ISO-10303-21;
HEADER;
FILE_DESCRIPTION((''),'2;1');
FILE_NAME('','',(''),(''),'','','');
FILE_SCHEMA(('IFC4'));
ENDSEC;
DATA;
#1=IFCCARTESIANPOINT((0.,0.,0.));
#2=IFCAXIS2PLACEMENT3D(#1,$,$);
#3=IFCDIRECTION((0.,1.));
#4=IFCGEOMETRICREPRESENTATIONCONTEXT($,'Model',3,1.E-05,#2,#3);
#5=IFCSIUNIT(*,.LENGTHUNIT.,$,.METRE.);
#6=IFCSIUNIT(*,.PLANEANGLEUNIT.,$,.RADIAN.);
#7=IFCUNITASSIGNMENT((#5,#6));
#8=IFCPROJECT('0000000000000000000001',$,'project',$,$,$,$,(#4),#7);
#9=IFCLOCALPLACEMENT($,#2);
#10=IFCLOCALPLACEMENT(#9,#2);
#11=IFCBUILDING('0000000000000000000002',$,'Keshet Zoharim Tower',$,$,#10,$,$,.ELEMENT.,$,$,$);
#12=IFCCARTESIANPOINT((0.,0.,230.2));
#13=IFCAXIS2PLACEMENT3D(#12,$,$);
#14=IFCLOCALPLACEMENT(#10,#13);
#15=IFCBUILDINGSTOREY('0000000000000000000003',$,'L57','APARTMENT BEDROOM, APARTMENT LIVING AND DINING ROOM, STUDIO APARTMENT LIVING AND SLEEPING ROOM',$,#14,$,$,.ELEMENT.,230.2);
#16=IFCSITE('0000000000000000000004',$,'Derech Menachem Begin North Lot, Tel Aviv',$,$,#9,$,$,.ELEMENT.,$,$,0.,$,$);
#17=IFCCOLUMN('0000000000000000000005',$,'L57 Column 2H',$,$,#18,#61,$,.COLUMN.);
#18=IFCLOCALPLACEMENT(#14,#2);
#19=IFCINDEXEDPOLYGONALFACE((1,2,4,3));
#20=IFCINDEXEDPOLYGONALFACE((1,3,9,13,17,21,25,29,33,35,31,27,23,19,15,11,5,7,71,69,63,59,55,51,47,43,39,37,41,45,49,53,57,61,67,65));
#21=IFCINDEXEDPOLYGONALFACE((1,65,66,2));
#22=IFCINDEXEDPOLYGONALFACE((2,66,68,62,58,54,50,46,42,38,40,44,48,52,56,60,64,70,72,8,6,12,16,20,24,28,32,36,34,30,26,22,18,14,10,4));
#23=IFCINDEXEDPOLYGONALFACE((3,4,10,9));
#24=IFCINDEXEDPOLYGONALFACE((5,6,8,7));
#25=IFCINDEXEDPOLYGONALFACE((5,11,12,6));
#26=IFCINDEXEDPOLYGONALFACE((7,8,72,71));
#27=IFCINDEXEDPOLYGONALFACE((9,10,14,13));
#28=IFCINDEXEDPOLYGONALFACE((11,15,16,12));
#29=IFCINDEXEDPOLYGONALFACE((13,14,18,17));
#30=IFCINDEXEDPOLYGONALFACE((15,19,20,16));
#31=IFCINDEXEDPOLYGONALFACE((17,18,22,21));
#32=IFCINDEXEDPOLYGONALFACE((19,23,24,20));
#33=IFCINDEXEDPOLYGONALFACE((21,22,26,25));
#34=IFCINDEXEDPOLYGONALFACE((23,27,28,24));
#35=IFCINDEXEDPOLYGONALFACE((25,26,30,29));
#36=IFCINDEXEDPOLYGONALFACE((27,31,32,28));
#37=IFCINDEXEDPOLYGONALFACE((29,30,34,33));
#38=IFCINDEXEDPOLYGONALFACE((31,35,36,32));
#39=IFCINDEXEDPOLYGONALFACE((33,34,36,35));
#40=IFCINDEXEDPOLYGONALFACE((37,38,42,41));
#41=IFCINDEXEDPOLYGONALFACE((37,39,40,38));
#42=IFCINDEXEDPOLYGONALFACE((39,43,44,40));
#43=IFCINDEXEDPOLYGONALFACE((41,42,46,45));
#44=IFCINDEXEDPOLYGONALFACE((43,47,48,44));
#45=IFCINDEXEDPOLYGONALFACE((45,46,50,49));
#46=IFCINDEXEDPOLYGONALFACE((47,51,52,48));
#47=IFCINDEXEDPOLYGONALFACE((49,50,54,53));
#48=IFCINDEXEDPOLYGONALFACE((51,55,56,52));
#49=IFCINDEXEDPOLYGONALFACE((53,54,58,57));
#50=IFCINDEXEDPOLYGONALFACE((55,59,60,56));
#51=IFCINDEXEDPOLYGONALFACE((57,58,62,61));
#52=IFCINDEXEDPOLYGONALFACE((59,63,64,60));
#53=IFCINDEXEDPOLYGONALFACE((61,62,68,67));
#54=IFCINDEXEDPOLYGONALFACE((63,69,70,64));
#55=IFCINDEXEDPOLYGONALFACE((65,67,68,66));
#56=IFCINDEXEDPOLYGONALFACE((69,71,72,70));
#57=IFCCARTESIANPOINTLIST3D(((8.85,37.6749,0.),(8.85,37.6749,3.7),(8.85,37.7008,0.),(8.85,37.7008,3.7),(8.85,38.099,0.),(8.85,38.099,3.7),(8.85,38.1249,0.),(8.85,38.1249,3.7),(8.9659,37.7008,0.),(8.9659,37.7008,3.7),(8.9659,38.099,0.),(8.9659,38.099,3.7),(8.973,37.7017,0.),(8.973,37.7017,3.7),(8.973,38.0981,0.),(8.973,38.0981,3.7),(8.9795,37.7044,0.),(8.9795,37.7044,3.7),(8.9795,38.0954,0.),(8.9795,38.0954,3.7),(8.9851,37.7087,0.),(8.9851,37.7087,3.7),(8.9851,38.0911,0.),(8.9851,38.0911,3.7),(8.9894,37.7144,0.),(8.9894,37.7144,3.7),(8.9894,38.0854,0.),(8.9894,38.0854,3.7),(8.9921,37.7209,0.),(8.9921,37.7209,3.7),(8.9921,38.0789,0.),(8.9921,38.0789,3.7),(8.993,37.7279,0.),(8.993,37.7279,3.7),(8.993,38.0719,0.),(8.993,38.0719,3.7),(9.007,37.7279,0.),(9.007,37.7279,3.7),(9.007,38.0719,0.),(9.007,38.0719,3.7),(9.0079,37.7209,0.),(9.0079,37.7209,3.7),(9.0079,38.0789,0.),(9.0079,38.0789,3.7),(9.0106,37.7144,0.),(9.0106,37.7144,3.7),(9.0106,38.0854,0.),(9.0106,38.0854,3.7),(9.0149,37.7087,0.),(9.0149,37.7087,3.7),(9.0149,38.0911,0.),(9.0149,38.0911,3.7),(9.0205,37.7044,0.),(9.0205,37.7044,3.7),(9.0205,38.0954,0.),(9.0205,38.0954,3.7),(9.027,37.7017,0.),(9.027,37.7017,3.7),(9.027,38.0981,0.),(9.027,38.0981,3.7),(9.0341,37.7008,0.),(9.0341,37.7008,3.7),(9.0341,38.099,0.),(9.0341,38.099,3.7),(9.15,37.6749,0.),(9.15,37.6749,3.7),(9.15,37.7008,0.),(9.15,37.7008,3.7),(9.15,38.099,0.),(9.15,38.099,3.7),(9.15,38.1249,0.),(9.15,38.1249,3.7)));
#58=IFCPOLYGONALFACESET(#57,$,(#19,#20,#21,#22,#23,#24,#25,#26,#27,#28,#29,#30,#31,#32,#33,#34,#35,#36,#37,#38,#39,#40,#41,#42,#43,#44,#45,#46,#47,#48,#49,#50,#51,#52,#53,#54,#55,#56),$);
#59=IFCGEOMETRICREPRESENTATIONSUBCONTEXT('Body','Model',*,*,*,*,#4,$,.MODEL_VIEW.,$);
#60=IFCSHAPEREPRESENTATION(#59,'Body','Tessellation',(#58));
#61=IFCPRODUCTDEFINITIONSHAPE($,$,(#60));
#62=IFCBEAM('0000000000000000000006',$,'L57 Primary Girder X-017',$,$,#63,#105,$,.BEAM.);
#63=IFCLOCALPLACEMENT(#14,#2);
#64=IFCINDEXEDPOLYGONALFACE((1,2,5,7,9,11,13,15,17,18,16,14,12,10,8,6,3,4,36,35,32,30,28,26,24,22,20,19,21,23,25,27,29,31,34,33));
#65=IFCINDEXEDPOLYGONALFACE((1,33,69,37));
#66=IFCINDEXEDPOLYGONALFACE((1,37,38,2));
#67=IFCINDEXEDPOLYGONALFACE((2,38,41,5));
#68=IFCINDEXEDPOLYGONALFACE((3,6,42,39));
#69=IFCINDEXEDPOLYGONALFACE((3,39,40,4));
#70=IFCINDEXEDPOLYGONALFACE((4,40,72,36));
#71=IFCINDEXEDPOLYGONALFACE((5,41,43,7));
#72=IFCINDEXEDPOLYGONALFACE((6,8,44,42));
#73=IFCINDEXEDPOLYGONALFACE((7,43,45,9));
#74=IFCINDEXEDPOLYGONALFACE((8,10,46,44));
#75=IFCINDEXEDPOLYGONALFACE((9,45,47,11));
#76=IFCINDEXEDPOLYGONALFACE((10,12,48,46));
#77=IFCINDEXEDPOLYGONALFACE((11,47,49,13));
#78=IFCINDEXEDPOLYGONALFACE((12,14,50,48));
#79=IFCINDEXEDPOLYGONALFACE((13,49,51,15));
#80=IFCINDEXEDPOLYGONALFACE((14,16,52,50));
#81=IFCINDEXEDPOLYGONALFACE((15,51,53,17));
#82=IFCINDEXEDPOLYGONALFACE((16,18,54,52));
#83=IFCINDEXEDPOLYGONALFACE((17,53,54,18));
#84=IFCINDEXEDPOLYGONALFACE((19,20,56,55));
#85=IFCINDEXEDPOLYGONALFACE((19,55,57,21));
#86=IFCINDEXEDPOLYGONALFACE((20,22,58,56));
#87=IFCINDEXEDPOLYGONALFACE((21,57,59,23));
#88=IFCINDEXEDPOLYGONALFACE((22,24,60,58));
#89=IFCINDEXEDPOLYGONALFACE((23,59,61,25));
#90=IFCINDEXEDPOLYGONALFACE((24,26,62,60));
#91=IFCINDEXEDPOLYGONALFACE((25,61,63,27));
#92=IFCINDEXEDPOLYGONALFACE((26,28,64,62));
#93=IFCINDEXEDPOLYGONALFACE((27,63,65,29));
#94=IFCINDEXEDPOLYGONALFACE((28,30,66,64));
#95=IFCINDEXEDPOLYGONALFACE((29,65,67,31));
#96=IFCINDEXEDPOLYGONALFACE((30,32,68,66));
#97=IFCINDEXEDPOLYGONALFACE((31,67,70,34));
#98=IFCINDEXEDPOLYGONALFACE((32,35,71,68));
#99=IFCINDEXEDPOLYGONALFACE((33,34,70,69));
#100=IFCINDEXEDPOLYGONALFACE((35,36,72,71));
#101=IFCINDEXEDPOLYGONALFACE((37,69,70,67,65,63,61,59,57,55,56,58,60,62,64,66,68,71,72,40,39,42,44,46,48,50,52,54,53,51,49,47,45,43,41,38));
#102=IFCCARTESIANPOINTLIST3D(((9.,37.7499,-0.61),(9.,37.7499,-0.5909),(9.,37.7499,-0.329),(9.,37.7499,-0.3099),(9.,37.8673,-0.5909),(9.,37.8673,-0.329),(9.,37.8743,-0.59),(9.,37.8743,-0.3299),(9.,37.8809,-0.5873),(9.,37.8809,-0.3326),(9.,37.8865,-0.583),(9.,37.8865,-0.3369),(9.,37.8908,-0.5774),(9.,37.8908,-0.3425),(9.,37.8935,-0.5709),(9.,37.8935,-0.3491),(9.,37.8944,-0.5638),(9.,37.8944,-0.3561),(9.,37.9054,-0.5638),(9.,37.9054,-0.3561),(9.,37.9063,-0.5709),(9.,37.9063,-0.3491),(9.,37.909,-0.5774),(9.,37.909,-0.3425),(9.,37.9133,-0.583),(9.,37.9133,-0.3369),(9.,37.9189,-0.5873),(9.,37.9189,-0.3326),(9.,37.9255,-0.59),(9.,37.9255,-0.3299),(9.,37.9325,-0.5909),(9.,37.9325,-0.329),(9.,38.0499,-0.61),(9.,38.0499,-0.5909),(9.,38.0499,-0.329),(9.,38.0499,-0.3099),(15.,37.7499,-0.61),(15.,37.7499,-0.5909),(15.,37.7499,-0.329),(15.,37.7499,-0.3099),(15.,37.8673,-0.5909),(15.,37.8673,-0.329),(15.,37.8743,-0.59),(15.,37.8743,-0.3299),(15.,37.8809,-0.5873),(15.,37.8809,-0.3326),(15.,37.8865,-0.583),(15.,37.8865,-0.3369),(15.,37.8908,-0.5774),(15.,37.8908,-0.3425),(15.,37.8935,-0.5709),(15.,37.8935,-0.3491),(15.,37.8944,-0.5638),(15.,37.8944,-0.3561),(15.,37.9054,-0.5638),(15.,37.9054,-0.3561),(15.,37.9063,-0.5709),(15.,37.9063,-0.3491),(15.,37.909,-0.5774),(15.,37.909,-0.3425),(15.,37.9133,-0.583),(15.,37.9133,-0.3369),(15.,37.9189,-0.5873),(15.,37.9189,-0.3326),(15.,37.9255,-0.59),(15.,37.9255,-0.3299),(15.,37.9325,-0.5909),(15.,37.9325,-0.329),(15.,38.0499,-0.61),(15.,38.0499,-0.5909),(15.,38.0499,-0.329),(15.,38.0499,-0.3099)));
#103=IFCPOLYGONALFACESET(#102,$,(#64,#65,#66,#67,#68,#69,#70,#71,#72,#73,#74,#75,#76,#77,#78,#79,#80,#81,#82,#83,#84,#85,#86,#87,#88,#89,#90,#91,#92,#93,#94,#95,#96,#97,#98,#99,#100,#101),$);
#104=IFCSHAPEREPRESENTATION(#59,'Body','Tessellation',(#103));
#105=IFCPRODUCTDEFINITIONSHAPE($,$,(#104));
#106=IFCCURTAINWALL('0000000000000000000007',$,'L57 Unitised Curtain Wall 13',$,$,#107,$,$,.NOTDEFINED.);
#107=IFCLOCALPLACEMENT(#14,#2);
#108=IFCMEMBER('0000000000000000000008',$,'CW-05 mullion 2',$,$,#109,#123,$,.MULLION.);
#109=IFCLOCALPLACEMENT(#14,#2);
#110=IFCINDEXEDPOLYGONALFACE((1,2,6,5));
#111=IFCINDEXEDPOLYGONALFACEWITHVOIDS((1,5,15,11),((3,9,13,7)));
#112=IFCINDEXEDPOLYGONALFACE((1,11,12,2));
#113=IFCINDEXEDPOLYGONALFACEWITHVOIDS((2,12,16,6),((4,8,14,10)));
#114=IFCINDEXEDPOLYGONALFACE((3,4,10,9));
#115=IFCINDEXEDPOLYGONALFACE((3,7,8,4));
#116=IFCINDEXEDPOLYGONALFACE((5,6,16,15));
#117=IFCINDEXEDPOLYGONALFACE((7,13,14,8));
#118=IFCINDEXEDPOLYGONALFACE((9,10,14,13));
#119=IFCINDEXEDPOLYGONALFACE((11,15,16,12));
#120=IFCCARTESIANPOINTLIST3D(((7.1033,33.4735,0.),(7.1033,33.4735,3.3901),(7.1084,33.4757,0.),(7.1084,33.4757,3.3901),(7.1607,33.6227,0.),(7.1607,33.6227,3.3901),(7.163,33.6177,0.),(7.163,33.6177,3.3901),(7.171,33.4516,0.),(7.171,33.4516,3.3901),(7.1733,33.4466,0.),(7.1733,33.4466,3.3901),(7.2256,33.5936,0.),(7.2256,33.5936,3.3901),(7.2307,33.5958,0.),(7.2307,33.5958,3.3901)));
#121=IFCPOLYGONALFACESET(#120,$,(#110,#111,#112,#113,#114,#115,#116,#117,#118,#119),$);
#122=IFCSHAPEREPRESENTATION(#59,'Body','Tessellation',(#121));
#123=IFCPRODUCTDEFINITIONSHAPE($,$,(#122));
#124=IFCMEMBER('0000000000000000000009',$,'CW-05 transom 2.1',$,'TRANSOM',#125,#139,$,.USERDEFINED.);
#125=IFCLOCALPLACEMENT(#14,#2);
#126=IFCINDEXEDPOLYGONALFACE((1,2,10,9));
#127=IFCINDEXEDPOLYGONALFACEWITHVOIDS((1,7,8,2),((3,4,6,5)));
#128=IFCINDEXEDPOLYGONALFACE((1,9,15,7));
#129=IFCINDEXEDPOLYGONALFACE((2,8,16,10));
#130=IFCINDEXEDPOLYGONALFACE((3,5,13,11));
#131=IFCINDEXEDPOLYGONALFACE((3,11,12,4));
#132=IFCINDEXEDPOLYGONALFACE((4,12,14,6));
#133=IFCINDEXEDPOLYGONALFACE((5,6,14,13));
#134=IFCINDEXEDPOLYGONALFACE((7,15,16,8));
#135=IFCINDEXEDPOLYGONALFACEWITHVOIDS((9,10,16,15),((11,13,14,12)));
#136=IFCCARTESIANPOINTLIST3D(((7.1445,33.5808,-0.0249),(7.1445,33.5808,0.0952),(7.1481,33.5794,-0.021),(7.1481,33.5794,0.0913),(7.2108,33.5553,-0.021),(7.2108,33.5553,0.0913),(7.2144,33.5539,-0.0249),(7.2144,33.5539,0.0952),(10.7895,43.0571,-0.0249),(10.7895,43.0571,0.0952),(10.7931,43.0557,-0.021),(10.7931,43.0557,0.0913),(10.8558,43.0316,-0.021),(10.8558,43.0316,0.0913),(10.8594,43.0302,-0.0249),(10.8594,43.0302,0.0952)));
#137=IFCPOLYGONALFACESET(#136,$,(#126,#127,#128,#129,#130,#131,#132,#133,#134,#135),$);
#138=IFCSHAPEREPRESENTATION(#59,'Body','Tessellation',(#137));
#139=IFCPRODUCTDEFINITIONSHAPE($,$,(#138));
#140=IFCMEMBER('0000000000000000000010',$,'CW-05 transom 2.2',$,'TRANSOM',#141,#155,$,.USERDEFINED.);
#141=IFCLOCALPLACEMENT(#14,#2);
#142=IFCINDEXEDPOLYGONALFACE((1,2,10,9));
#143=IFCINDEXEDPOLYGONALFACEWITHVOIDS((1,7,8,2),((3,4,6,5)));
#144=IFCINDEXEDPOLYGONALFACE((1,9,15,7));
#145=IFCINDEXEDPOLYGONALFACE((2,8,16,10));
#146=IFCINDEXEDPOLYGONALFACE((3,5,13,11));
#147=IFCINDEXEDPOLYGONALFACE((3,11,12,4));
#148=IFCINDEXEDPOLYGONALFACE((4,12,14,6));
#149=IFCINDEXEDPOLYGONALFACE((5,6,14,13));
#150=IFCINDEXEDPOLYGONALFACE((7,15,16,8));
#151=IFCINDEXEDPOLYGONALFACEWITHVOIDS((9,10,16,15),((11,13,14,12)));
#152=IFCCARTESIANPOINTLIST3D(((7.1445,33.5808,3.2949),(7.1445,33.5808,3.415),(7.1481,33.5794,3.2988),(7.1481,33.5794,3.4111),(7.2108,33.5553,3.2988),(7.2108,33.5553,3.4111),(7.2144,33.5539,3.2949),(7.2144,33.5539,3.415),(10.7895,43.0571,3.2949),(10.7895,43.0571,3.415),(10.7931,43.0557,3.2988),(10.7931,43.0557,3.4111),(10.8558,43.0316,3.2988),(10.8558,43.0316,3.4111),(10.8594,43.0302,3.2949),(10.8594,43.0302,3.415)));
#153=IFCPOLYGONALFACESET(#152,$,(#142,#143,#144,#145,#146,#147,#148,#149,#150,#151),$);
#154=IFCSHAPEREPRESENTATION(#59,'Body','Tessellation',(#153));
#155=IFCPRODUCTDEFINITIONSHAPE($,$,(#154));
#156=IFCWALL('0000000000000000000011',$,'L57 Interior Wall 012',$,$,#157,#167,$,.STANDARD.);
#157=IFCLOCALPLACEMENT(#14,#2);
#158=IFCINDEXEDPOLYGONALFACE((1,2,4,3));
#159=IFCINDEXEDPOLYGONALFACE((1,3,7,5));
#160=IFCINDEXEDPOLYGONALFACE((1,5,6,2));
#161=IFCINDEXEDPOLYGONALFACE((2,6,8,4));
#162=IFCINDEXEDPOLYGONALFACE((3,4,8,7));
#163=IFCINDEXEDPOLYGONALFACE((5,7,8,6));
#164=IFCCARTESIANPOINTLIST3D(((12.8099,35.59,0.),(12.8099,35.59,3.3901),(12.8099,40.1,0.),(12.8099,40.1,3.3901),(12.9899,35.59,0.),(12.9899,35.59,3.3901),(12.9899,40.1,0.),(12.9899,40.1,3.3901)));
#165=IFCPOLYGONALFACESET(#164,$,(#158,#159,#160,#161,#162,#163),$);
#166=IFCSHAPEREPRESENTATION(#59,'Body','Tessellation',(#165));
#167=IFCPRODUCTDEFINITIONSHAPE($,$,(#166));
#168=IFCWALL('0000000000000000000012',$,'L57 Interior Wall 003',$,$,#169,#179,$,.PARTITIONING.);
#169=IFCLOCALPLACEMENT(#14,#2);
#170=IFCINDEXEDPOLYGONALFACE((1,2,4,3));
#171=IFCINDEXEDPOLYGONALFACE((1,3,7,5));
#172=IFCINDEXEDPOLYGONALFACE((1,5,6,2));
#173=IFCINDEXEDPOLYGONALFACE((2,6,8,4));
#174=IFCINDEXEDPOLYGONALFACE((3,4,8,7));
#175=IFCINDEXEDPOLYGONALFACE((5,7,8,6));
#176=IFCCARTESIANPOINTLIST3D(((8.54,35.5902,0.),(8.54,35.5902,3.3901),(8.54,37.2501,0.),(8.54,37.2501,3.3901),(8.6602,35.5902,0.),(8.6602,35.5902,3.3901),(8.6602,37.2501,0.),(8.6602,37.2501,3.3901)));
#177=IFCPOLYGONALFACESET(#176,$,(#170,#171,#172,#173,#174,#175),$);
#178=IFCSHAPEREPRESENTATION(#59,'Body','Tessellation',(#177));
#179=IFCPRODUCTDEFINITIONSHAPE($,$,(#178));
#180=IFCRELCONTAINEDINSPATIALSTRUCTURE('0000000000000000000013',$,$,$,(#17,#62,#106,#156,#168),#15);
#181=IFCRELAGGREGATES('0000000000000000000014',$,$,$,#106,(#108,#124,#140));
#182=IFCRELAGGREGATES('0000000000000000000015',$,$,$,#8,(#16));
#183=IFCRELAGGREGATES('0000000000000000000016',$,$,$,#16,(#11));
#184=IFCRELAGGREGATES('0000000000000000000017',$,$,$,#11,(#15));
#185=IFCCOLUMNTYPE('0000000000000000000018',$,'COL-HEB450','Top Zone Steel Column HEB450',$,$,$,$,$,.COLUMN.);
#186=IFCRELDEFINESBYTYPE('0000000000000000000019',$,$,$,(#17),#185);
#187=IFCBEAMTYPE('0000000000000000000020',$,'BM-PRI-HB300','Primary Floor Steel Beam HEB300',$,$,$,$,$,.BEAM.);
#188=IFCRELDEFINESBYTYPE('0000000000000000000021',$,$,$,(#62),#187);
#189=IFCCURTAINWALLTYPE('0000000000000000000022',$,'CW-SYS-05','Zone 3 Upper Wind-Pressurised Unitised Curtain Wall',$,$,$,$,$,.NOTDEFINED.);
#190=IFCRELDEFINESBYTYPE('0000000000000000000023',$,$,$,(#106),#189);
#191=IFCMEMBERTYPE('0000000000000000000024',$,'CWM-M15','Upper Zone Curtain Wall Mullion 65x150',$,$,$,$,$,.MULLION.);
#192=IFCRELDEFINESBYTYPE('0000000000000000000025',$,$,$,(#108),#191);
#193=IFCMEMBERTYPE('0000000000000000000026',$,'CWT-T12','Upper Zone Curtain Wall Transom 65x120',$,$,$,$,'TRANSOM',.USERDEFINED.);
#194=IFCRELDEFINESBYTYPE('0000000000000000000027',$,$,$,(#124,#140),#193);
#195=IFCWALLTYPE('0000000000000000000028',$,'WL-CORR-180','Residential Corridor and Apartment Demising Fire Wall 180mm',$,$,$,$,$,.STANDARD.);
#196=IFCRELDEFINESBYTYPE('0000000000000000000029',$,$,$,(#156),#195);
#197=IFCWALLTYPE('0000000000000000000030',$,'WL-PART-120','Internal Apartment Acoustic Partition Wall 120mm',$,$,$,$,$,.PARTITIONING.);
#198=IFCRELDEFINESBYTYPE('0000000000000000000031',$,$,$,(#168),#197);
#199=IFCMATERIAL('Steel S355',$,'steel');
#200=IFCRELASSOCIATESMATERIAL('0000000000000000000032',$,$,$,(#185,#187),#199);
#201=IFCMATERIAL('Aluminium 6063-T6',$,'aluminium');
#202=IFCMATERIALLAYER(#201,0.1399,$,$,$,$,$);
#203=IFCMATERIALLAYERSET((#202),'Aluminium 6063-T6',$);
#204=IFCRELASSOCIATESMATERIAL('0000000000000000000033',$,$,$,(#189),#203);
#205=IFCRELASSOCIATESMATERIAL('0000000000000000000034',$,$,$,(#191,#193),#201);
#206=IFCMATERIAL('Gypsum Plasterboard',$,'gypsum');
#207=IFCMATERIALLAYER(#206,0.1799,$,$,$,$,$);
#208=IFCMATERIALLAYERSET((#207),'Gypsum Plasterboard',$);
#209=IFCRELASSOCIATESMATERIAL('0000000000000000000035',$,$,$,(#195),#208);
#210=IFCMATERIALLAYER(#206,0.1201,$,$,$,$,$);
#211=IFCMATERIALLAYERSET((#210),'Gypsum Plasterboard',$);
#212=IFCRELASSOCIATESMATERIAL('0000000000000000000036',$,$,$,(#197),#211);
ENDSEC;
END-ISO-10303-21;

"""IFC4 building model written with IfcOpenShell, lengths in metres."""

from ifc_helpers import new_model, si_unit, direction, frame, frame_2d, origin, origin_2d, place, context, subcontext, project, spatial, rectangle, hollow_rectangle, i_section, extrude, material, layer, layer_set, material_profile, profile_set, type_object, element, aggregate, save


model = new_model("IFC4")

# Units and contexts
model_context = context("Model", 3, precision=1e-05, world=origin(), true_north=direction((0.0, 1.0)))
body_context = subcontext(model_context, "Body", "Model", "MODEL_VIEW")
ifc_project = project(units=[si_unit("LENGTHUNIT", "METRE"), si_unit("PLANEANGLEUNIT", "RADIAN")], contexts=[model_context])

# Site, building, storey
site_placement = place(None, origin())
site = spatial("IfcSite", under=ifc_project, at=site_placement, Name="Derech Menachem Begin North Lot, Tel Aviv", CompositionType="ELEMENT", RefElevation=0.0)
building_placement = place(site_placement, origin())
building = spatial("IfcBuilding", under=site, at=building_placement, Name="Keshet Zoharim Tower", CompositionType="ELEMENT")
storey_placement = place(building_placement, frame((0.0, 0.0, 230.2)))
storey = spatial("IfcBuildingStorey", under=building, at=storey_placement, Name="L57", Description="APARTMENT BEDROOM, APARTMENT LIVING AND DINING ROOM, STUDIO APARTMENT LIVING AND SLEEPING ROOM", CompositionType="ELEMENT", Elevation=230.2)

# Column
ifc_material_1 = material(Name="Steel S355", Category="steel")
ifc_material_profile_1 = material_profile(ifc_material_1, i_section(OverallWidth=0.3, OverallDepth=0.45, WebThickness=0.0139, FlangeThickness=0.0259, FilletRadius=0.0271, at=origin_2d()), Name="HEB450")
ifc_profile_set_1 = profile_set([ifc_material_profile_1], Name="Steel S355")
column_type = type_object("IfcColumnType", Name="COL-HEB450", Description="Top Zone Steel Column HEB450", PredefinedType="COLUMN", material=ifc_profile_set_1)
column_placement = place(storey_placement, frame((9.0, 37.8999, 0.0), z_axis=(0.0, 0.0, 1.0), x_axis=(1.0, 0.0, 0.0)))
element("IfcColumn", 1, at=column_placement, inside=storey, type_object=column_type, Name="L57 Column 2H", PredefinedType="COLUMN", context=body_context, shape_type="SweptSolid", body=[
    extrude(i_section(OverallWidth=0.3, OverallDepth=0.45, WebThickness=0.0139, FlangeThickness=0.0259, FilletRadius=0.0271, at=origin_2d()), origin(), (0.0, 0.0, 1.0), 3.7),
])

# Beam
ifc_material_profile_2 = material_profile(ifc_material_1, i_section(OverallWidth=0.3, OverallDepth=0.3, WebThickness=0.011, FlangeThickness=0.019, FilletRadius=0.0271, at=origin_2d()), Name="HEB300")
ifc_profile_set_2 = profile_set([ifc_material_profile_2], Name="Steel S355")
beam_type = type_object("IfcBeamType", Name="BM-PRI-HB300", Description="Primary Floor Steel Beam HEB300", PredefinedType="BEAM", material=ifc_profile_set_2)
beam_placement = place(storey_placement, frame((9.0, 37.8999, -0.46), z_axis=(1.0, 0.0, 0.0), x_axis=(0.0, 1.0, 0.0)))
element("IfcBeam", 2, at=beam_placement, inside=storey, type_object=beam_type, Name="L57 Primary Girder X-017", PredefinedType="BEAM", context=body_context, shape_type="SweptSolid", body=[
    extrude(i_section(OverallWidth=0.3, OverallDepth=0.3, WebThickness=0.011, FlangeThickness=0.019, FilletRadius=0.0271, at=origin_2d()), origin(), (0.0, 0.0, 1.0), 6.0),
])

# Curtain wall, members
ifc_material_2 = material(Name="Aluminium 6063-T6", Category="aluminium")
ifc_layer_1 = layer(ifc_material_2, 0.1399)
ifc_layer_set_1 = layer_set([ifc_layer_1], Name="Aluminium 6063-T6")
curtain_wall_type = type_object("IfcCurtainWallType", Name="CW-SYS-05", Description="Zone 3 Upper Wind-Pressurised Unitised Curtain Wall", PredefinedType="NOTDEFINED", material=ifc_layer_set_1)
curtain_wall_placement = place(storey_placement, origin())
curtain_wall = element("IfcCurtainWall", 3, at=curtain_wall_placement, inside=storey, type_object=curtain_wall_type, Name="L57 Unitised Curtain Wall 13", PredefinedType="NOTDEFINED")
ifc_material_profile_3 = material_profile(ifc_material_2, hollow_rectangle(XDim=0.075, YDim=0.1599, WallThickness=0.0039, at=origin_2d()), Name="MUL-75x160")
ifc_profile_set_3 = profile_set([ifc_material_profile_3], Name="Aluminium 6063-T6")
member_type_1 = type_object("IfcMemberType", Name="CWM-M15", Description="Upper Zone Curtain Wall Mullion 65x150", PredefinedType="MULLION", material=ifc_profile_set_3)
member_1_placement = place(storey_placement, frame((7.167, 33.5347, 0.0), z_axis=(0.0, 0.0, 1.0), x_axis=(-0.933341, 0.35899, 0.0)))
member_1 = element("IfcMember", 4, at=member_1_placement, type_object=member_type_1, Name="CW-05 mullion 2", PredefinedType="MULLION", context=body_context, shape_type="SweptSolid", body=[
    extrude(hollow_rectangle(XDim=0.075, YDim=0.1599, WallThickness=0.0039, at=origin_2d()), origin(), (0.0, 0.0, 1.0), 3.3901),
])
ifc_material_profile_4 = material_profile(ifc_material_2, hollow_rectangle(XDim=0.075, YDim=0.1201, WallThickness=0.0039, at=origin_2d()), Name="TRN-75x120")
ifc_profile_set_4 = profile_set([ifc_material_profile_4], Name="Aluminium 6063-T6")
member_type_2 = type_object("IfcMemberType", Name="CWT-T12", Description="Upper Zone Curtain Wall Transom 65x120", ElementType="TRANSOM", PredefinedType="USERDEFINED", material=ifc_profile_set_4)
member_2_placement = place(storey_placement, frame((7.1794, 33.5674, 0.0352), z_axis=(0.359003, 0.933336, 0.0), x_axis=(-0.933336, 0.359003, 0.0)))
member_2 = element("IfcMember", 5, at=member_2_placement, type_object=member_type_2, Name="CW-05 transom 2.1", ObjectType="TRANSOM", PredefinedType="USERDEFINED", context=body_context, shape_type="SweptSolid", body=[
    extrude(hollow_rectangle(XDim=0.075, YDim=0.1201, WallThickness=0.0039, at=origin_2d()), origin(), (0.0, 0.0, 1.0), 10.1531),
])
member_3_placement = place(storey_placement, frame((7.1794, 33.5674, 3.355), z_axis=(0.359003, 0.933336, 0.0), x_axis=(-0.933336, 0.359003, 0.0)))
member_3 = element("IfcMember", 6, at=member_3_placement, type_object=member_type_2, Name="CW-05 transom 2.2", ObjectType="TRANSOM", PredefinedType="USERDEFINED", context=body_context, shape_type="SweptSolid", body=[
    extrude(hollow_rectangle(XDim=0.075, YDim=0.1201, WallThickness=0.0039, at=origin_2d()), origin(), (0.0, 0.0, 1.0), 10.1531),
])
aggregate(curtain_wall, [member_1, member_2, member_3])

# Shared definitions
ifc_material_3 = material(Name="Gypsum Plasterboard", Category="gypsum")
ifc_layer_2 = layer(ifc_material_3, 0.1799)
ifc_layer_set_2 = layer_set([ifc_layer_2], Name="Gypsum Plasterboard")
wall_type_1 = type_object("IfcWallType", Name="WL-CORR-180", Description="Residential Corridor and Apartment Demising Fire Wall 180mm", PredefinedType="STANDARD", material=ifc_layer_set_2)

# Walls
wall_1_placement = place(storey_placement, frame((12.8999, 35.5901, 0.0), z_axis=(0.0, 0.0, 1.0), x_axis=(0.0, 1.0, 0.0)))
element("IfcWall", 7, at=wall_1_placement, inside=storey, type_object=wall_type_1, Name="L57 Interior Wall 012", PredefinedType="STANDARD", context=body_context, shape_type="SweptSolid", body=[
    extrude(rectangle(XDim=4.51, YDim=0.1799, at=frame_2d((2.2549, 0.0))), origin(), (0.0, 0.0, 1.0), 3.3901),
])
ifc_layer_3 = layer(ifc_material_3, 0.1201)
ifc_layer_set_3 = layer_set([ifc_layer_3], Name="Gypsum Plasterboard")
wall_type_2 = type_object("IfcWallType", Name="WL-PART-120", Description="Internal Apartment Acoustic Partition Wall 120mm", PredefinedType="PARTITIONING", material=ifc_layer_set_3)
wall_2_placement = place(storey_placement, frame((8.6001, 35.5901, 0.0), z_axis=(0.0, 0.0, 1.0), x_axis=(0.0, 1.0, 0.0)))
element("IfcWall", 8, at=wall_2_placement, inside=storey, type_object=wall_type_2, Name="L57 Interior Wall 003", PredefinedType="PARTITIONING", context=body_context, shape_type="SweptSolid", body=[
    extrude(rectangle(XDim=1.6599, YDim=0.1201, at=frame_2d((0.8301, 0.0))), origin(), (0.0, 0.0, 1.0), 3.3901),
])

save(model, "model.ifc")
